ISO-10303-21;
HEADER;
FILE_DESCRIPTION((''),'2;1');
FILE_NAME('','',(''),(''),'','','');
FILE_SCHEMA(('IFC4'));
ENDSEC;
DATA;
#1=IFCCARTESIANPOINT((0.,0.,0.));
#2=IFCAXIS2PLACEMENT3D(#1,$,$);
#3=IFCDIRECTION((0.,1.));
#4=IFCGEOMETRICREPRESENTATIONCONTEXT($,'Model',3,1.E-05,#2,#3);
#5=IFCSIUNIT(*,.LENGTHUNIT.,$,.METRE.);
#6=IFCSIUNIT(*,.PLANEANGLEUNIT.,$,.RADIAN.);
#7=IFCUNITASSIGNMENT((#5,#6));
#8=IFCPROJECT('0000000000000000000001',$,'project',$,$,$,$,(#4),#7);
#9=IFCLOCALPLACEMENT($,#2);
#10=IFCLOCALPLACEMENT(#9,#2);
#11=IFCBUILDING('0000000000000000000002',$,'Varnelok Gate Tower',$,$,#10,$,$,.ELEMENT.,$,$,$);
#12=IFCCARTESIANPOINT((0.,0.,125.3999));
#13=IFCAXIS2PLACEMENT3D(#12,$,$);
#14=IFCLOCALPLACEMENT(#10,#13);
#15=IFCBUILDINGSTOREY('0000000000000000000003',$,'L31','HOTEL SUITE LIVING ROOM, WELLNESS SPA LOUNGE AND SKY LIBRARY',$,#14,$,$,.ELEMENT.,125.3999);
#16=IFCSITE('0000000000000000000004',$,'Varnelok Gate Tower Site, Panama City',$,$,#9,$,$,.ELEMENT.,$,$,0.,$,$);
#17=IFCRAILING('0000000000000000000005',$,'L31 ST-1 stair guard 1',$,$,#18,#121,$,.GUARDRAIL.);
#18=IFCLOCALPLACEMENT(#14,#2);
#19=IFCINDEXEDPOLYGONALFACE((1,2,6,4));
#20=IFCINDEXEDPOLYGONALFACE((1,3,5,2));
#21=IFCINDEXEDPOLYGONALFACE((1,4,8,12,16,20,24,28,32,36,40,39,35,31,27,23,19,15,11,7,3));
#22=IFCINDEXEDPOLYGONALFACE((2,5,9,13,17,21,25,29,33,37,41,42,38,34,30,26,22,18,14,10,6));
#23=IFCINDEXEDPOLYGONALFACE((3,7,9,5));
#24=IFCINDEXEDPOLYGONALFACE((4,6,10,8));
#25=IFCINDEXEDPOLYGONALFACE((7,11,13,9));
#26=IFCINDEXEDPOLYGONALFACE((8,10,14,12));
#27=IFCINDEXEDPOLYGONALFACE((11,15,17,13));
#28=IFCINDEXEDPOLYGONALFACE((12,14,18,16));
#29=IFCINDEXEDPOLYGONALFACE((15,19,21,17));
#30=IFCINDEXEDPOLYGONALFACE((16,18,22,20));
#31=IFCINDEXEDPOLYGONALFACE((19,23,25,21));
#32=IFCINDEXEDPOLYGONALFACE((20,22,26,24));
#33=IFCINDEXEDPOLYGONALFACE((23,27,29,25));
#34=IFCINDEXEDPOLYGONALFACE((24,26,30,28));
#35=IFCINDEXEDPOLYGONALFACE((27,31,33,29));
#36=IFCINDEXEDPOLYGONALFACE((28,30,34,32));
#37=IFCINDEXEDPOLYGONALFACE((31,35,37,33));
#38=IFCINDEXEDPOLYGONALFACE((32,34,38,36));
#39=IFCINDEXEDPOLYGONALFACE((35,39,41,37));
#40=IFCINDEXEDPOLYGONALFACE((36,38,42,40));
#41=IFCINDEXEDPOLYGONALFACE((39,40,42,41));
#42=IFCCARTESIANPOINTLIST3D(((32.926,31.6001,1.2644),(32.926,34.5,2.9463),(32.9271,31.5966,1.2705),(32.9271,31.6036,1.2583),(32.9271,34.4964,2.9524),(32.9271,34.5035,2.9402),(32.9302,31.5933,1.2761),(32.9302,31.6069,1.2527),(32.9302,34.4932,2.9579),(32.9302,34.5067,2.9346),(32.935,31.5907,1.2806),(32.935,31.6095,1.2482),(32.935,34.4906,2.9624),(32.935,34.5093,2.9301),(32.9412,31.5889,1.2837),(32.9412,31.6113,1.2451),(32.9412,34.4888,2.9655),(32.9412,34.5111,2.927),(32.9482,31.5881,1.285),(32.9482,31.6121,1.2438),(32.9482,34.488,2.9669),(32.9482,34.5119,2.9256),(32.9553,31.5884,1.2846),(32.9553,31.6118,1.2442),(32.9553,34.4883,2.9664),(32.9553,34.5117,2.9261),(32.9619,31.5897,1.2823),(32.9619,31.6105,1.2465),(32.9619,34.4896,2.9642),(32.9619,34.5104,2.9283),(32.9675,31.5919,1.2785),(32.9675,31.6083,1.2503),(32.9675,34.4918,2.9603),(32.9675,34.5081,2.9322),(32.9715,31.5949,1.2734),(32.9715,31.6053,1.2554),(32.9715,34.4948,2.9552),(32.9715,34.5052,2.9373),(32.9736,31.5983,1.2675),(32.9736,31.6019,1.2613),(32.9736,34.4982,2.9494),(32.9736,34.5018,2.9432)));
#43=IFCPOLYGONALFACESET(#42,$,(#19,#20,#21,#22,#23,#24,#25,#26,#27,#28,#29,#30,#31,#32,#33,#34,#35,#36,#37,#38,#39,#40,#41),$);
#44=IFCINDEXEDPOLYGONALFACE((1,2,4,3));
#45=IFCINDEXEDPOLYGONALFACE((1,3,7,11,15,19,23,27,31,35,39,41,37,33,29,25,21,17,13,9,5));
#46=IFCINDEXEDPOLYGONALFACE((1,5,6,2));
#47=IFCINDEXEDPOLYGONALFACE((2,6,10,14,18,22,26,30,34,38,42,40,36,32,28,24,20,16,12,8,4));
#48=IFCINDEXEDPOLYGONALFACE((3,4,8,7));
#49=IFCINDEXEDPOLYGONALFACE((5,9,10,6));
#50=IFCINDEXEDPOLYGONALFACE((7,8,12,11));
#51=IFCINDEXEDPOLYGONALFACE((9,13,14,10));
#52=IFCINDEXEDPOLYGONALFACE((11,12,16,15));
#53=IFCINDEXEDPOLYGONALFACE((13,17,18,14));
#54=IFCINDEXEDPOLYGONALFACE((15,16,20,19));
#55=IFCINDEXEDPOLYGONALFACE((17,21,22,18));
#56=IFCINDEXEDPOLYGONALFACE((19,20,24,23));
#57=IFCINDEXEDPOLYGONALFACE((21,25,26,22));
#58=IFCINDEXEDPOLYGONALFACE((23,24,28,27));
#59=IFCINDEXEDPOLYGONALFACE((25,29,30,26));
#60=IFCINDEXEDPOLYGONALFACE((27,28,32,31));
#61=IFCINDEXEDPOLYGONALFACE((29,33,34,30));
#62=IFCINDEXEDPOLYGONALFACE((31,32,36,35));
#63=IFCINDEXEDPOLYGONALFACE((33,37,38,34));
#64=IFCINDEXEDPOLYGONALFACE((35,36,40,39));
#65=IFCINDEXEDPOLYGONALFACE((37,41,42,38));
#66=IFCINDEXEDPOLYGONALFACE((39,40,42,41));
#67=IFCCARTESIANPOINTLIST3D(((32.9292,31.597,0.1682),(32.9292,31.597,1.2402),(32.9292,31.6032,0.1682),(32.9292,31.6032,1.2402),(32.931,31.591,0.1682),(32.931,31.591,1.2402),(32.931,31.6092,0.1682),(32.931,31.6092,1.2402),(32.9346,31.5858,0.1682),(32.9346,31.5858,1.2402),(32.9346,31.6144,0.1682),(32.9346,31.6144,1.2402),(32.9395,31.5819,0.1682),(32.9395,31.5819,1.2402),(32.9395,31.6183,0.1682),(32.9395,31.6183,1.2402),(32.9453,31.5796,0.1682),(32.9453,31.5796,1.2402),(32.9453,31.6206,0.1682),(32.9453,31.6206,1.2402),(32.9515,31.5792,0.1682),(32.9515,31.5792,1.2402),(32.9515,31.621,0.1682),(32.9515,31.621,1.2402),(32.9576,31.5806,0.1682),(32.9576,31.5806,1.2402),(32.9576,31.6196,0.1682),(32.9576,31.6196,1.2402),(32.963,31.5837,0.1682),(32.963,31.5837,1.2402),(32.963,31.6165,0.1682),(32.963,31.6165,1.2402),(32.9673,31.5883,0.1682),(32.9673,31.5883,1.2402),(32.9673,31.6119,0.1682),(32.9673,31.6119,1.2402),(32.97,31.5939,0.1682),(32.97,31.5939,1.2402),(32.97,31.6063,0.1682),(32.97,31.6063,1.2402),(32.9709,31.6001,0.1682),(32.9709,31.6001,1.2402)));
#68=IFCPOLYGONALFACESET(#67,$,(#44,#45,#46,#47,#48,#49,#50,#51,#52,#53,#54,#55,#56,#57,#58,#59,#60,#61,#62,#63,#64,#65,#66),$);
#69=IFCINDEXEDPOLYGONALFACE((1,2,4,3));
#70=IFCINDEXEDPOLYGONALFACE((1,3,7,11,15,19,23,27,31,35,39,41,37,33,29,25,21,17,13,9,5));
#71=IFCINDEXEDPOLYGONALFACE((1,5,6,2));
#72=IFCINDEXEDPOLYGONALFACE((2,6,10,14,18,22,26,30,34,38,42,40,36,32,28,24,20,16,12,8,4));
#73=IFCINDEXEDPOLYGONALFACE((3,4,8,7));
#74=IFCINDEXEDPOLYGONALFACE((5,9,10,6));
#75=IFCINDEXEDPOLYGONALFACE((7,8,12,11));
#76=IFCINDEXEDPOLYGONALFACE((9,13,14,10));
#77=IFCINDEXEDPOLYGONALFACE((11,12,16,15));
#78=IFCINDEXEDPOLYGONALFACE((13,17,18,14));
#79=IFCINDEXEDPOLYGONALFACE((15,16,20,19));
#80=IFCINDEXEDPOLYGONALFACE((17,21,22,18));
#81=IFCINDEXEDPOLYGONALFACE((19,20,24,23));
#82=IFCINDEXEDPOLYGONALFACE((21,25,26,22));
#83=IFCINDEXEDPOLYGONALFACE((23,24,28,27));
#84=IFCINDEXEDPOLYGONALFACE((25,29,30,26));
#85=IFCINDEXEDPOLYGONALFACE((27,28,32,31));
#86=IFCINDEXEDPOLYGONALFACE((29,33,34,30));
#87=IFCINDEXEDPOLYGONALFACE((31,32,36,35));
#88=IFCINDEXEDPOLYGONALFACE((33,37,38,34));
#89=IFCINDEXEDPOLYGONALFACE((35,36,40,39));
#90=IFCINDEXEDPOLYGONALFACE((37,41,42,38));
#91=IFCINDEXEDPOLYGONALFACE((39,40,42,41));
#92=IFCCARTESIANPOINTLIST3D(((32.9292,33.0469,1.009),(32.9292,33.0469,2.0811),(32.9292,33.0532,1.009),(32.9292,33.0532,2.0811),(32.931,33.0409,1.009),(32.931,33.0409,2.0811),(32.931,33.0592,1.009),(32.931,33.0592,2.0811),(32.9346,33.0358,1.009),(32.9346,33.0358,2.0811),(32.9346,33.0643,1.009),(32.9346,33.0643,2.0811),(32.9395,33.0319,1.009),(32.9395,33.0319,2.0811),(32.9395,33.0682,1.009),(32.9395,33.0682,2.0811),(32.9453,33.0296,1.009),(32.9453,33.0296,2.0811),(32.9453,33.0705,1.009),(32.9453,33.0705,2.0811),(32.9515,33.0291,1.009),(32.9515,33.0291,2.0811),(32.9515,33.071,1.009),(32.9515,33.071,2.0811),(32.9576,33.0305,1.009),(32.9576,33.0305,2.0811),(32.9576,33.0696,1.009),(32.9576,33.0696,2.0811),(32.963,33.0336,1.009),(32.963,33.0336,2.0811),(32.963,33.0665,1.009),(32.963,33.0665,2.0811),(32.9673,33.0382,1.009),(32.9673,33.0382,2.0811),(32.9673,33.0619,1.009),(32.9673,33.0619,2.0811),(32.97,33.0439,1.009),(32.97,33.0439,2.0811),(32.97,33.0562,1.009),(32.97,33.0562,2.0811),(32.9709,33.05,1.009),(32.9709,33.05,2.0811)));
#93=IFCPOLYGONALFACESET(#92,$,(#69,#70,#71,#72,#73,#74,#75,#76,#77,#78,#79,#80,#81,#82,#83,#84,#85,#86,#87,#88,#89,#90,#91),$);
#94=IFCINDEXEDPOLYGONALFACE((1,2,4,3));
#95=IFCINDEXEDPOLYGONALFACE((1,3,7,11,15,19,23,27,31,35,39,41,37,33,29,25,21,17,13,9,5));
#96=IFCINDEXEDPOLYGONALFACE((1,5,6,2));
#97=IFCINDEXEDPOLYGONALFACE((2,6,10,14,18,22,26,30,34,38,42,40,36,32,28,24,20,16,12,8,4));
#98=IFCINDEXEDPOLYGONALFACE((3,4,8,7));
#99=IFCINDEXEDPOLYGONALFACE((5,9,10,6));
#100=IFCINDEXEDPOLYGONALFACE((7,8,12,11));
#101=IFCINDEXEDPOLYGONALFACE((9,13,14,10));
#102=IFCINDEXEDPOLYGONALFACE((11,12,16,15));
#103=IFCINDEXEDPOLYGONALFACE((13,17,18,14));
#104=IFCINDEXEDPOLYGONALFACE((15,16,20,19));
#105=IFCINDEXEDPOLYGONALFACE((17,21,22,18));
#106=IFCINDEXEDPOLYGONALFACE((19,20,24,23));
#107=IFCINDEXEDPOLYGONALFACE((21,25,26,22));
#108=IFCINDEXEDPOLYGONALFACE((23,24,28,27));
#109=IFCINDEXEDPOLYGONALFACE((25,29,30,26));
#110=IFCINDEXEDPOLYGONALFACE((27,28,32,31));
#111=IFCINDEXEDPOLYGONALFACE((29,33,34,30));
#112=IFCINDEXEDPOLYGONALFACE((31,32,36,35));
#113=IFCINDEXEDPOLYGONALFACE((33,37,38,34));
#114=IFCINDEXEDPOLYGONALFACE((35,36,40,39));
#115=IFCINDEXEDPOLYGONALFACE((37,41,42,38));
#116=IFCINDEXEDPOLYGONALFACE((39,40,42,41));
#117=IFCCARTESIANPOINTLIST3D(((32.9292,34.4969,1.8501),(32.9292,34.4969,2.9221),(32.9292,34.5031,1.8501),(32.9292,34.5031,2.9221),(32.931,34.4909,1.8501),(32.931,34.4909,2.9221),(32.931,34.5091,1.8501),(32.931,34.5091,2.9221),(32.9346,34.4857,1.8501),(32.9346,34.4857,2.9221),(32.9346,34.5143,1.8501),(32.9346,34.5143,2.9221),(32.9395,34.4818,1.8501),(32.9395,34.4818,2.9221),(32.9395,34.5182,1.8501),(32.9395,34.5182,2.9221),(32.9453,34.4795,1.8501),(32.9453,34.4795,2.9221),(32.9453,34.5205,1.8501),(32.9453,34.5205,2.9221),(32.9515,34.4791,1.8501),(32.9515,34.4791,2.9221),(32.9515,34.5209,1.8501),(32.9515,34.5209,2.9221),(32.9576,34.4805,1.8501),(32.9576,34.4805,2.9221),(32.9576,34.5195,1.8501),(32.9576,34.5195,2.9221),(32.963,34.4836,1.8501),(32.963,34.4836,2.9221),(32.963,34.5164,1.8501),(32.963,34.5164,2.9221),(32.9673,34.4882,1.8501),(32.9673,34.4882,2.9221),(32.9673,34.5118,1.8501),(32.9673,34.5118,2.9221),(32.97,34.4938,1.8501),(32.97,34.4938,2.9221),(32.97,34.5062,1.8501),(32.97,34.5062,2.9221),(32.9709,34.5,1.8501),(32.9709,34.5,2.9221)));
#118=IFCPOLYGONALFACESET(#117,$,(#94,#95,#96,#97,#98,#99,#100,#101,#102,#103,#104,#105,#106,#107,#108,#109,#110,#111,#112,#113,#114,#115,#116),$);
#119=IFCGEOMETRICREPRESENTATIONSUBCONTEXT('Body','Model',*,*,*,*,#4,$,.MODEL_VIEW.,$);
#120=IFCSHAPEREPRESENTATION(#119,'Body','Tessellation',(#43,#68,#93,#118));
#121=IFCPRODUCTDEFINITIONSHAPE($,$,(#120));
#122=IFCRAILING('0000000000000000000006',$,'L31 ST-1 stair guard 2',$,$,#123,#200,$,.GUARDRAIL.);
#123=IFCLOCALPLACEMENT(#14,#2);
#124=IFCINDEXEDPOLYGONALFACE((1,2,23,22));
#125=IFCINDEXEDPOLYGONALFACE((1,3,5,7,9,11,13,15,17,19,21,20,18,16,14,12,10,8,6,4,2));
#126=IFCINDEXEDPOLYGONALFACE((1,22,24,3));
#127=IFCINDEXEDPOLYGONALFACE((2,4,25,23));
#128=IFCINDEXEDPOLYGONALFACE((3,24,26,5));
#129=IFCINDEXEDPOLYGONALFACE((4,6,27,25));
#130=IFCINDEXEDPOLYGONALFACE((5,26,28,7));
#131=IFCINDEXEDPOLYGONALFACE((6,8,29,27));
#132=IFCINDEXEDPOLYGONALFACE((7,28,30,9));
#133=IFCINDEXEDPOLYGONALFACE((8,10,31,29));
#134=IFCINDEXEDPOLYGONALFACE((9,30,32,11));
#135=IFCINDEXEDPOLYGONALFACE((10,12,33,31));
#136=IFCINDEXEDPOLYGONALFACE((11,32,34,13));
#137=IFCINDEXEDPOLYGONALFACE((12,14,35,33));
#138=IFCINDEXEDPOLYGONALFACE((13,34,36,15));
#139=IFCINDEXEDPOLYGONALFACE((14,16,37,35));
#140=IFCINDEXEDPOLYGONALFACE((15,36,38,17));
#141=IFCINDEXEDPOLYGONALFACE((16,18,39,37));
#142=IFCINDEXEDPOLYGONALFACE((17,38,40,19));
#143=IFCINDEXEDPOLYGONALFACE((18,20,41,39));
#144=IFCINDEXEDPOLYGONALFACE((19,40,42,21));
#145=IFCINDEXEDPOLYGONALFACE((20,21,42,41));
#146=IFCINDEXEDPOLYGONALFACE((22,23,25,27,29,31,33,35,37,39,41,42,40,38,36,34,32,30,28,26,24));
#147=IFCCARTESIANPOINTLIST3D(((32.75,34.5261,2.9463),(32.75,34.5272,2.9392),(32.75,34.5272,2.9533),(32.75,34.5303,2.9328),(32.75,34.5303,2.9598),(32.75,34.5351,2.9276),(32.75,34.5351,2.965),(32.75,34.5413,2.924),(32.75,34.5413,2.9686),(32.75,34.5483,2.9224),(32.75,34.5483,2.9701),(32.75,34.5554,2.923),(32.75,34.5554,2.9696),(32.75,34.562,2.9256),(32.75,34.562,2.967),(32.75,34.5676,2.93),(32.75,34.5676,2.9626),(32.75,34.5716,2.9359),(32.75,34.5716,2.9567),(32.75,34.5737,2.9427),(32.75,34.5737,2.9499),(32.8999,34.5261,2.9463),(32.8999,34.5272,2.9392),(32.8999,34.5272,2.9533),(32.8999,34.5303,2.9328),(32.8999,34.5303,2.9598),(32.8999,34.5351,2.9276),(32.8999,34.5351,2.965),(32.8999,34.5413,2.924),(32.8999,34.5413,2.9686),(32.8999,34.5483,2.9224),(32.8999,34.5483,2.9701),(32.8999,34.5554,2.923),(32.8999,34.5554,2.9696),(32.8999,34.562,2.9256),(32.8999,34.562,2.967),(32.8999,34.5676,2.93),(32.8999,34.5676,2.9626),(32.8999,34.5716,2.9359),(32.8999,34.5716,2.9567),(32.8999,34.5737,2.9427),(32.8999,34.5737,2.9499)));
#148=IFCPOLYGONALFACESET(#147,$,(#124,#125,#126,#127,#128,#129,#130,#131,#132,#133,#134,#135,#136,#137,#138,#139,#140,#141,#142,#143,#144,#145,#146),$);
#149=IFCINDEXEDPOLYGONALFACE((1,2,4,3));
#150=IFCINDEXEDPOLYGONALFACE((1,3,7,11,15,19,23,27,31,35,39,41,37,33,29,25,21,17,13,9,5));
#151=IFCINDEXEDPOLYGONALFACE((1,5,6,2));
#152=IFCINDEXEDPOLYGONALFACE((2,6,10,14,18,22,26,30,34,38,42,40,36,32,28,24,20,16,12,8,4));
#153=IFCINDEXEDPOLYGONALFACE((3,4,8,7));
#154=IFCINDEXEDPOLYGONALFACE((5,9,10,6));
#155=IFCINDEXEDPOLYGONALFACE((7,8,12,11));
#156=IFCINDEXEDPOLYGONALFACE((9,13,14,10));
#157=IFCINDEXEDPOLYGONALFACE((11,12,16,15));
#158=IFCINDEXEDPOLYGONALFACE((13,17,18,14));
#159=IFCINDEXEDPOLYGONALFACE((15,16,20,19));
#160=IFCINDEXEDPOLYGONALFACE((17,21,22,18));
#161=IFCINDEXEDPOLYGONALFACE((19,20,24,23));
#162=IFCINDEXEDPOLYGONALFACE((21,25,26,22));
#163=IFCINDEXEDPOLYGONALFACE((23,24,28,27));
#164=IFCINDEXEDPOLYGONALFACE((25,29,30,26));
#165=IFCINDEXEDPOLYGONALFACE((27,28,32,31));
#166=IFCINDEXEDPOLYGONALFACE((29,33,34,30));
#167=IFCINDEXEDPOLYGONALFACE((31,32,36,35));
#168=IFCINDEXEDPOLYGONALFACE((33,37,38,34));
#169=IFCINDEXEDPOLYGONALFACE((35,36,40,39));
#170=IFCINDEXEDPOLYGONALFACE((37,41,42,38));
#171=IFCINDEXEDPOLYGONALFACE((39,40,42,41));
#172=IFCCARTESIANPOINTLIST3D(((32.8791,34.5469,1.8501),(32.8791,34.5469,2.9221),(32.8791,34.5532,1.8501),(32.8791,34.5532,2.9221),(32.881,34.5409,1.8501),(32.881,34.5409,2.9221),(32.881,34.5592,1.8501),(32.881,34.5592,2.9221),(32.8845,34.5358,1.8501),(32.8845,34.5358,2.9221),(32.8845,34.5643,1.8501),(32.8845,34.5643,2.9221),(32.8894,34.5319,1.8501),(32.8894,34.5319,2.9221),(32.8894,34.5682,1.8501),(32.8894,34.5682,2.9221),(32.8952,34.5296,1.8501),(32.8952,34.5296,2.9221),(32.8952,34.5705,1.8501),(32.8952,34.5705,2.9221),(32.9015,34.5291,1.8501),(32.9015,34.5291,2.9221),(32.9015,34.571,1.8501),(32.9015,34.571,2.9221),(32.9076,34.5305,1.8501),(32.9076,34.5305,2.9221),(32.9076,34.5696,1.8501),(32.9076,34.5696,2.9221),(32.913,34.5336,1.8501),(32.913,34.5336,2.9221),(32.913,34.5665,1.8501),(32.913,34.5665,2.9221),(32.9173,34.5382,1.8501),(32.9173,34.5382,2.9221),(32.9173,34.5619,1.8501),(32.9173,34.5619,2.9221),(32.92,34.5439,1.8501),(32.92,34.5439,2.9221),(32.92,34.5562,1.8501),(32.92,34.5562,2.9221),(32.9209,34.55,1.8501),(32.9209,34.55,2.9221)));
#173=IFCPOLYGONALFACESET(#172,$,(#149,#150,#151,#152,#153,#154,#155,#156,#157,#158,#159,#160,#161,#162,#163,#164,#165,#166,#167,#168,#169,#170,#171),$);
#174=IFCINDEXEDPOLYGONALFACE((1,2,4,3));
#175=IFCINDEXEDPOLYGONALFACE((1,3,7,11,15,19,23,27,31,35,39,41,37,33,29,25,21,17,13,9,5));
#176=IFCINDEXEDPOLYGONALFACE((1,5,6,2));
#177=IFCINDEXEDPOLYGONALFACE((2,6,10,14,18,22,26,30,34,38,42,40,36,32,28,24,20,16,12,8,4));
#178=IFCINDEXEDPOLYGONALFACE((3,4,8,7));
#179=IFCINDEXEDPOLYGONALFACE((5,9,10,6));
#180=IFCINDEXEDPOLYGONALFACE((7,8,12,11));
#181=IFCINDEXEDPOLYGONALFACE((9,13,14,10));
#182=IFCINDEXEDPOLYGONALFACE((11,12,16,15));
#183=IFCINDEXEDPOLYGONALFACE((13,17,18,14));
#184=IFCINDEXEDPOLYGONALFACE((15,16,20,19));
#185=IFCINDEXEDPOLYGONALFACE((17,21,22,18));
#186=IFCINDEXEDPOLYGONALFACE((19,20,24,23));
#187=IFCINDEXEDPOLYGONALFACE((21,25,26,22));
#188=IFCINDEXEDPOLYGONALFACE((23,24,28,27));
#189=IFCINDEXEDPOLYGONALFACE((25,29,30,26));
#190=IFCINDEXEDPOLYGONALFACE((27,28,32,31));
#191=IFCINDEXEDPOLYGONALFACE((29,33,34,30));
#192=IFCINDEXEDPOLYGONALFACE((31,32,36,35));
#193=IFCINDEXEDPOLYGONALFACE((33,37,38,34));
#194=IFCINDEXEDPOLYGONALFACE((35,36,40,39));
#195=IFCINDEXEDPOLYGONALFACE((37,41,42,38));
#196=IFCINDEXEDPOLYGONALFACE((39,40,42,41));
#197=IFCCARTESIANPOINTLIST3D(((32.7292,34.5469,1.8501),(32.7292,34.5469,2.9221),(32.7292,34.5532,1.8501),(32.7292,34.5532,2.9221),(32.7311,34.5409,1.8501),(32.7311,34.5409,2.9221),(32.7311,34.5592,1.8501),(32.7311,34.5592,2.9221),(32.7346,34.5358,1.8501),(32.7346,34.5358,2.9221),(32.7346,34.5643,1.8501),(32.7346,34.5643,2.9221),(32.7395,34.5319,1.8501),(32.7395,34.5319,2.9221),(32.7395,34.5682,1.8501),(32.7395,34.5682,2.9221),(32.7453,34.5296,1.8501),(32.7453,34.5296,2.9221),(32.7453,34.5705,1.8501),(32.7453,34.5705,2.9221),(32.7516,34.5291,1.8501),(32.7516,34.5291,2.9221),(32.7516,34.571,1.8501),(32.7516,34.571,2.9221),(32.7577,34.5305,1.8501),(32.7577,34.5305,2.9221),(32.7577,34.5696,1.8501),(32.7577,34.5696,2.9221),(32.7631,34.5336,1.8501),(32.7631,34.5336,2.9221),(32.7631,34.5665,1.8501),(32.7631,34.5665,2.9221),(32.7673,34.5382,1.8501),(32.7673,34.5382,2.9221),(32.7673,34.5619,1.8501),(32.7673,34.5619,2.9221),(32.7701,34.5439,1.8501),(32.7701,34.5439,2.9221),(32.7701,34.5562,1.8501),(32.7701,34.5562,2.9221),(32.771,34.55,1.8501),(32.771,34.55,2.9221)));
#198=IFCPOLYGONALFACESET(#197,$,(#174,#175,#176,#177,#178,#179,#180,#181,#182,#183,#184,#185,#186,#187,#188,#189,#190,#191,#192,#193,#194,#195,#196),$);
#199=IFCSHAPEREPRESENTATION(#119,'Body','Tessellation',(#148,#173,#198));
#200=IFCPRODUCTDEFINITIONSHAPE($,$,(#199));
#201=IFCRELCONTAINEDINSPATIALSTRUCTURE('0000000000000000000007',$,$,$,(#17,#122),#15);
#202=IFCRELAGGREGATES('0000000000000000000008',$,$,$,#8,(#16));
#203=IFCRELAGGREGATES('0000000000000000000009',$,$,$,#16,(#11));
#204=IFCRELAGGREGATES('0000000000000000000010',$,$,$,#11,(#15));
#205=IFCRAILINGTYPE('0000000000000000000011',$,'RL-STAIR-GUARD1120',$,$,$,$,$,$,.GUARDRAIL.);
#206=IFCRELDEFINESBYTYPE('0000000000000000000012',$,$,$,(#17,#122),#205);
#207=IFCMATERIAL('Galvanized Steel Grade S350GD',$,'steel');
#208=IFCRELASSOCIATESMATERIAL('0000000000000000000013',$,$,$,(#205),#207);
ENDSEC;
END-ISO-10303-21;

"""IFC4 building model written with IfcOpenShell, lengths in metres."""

from ifc_helpers import new_model, si_unit, direction, frame, origin, origin_2d, place, context, subcontext, project, spatial, circle, extrude, material, type_object, element, save


model = new_model("IFC4")

# Units and contexts
model_context = context("Model", 3, precision=1e-05, world=origin(), true_north=direction((0.0, 1.0)))
body_context = subcontext(model_context, "Body", "Model", "MODEL_VIEW")
ifc_project = project(units=[si_unit("LENGTHUNIT", "METRE"), si_unit("PLANEANGLEUNIT", "RADIAN")], contexts=[model_context])

# Site, building, storey
site_placement = place(None, origin())
site = spatial("IfcSite", under=ifc_project, at=site_placement, Name="Varnelok Gate Tower Site, Panama City", CompositionType="ELEMENT", RefElevation=0.0)
building_placement = place(site_placement, origin())
building = spatial("IfcBuilding", under=site, at=building_placement, Name="Varnelok Gate Tower", CompositionType="ELEMENT")
storey_placement = place(building_placement, frame((0.0, 0.0, 125.3999)))
storey = spatial("IfcBuildingStorey", under=building, at=storey_placement, Name="L31", Description="HOTEL SUITE LIVING ROOM, WELLNESS SPA LOUNGE AND SKY LIBRARY", CompositionType="ELEMENT", Elevation=125.3999)

# Shared definitions
ifc_material_1 = material(Name="Galvanized Steel Grade S350GD", Category="steel")

# Railings
railing_type_1 = type_object("IfcRailingType", Name="RL-STAIR-GUARD1120", PredefinedType="GUARDRAIL", material=ifc_material_1)
railing_1_placement = place(storey_placement, frame((32.95, 31.6001, 0.1682)))
element("IfcRailing", 1, at=railing_1_placement, inside=storey, type_object=railing_type_1, Name="L31 ST-1 stair guard 1", PredefinedType="GUARDRAIL", context=body_context, shape_type="SweptSolid", body=[
    extrude(circle(Radius=0.0239, at=origin_2d()), frame((0.0, 0.0, 1.0962), z_axis=(0.0, 0.865039, 0.501705), x_axis=(-1.0, 0.0, 0.0)), (0.0, 0.0, 1.0), 3.3523),
    extrude(circle(Radius=0.021, at=origin_2d()), origin(), (0.0, 0.0, 1.0), 1.072),
    extrude(circle(Radius=0.021, at=origin_2d()), frame((0.0, 1.45, 0.8408)), (0.0, 0.0, 1.0), 1.072),
    extrude(circle(Radius=0.021, at=origin_2d()), frame((0.0, 2.8999, 1.6819)), (0.0, 0.0, 1.0), 1.072),
])
railing_2_placement = place(storey_placement, frame((32.8999, 34.55, 1.8501)))
element("IfcRailing", 2, at=railing_2_placement, inside=storey, type_object=railing_type_1, Name="L31 ST-1 stair guard 2", PredefinedType="GUARDRAIL", context=body_context, shape_type="SweptSolid", body=[
    extrude(circle(Radius=0.0239, at=origin_2d()), frame((0.0, 0.0, 1.0962), z_axis=(-1.0, 0.0, 0.0), x_axis=(0.0, -1.0, 0.0)), (0.0, 0.0, 1.0), 0.1499),
    extrude(circle(Radius=0.021, at=origin_2d()), origin(), (0.0, 0.0, 1.0), 1.072),
    extrude(circle(Radius=0.021, at=origin_2d()), frame((-0.1499, 0.0, 0.0)), (0.0, 0.0, 1.0), 1.072),
])

save(model, "model.ifc")
